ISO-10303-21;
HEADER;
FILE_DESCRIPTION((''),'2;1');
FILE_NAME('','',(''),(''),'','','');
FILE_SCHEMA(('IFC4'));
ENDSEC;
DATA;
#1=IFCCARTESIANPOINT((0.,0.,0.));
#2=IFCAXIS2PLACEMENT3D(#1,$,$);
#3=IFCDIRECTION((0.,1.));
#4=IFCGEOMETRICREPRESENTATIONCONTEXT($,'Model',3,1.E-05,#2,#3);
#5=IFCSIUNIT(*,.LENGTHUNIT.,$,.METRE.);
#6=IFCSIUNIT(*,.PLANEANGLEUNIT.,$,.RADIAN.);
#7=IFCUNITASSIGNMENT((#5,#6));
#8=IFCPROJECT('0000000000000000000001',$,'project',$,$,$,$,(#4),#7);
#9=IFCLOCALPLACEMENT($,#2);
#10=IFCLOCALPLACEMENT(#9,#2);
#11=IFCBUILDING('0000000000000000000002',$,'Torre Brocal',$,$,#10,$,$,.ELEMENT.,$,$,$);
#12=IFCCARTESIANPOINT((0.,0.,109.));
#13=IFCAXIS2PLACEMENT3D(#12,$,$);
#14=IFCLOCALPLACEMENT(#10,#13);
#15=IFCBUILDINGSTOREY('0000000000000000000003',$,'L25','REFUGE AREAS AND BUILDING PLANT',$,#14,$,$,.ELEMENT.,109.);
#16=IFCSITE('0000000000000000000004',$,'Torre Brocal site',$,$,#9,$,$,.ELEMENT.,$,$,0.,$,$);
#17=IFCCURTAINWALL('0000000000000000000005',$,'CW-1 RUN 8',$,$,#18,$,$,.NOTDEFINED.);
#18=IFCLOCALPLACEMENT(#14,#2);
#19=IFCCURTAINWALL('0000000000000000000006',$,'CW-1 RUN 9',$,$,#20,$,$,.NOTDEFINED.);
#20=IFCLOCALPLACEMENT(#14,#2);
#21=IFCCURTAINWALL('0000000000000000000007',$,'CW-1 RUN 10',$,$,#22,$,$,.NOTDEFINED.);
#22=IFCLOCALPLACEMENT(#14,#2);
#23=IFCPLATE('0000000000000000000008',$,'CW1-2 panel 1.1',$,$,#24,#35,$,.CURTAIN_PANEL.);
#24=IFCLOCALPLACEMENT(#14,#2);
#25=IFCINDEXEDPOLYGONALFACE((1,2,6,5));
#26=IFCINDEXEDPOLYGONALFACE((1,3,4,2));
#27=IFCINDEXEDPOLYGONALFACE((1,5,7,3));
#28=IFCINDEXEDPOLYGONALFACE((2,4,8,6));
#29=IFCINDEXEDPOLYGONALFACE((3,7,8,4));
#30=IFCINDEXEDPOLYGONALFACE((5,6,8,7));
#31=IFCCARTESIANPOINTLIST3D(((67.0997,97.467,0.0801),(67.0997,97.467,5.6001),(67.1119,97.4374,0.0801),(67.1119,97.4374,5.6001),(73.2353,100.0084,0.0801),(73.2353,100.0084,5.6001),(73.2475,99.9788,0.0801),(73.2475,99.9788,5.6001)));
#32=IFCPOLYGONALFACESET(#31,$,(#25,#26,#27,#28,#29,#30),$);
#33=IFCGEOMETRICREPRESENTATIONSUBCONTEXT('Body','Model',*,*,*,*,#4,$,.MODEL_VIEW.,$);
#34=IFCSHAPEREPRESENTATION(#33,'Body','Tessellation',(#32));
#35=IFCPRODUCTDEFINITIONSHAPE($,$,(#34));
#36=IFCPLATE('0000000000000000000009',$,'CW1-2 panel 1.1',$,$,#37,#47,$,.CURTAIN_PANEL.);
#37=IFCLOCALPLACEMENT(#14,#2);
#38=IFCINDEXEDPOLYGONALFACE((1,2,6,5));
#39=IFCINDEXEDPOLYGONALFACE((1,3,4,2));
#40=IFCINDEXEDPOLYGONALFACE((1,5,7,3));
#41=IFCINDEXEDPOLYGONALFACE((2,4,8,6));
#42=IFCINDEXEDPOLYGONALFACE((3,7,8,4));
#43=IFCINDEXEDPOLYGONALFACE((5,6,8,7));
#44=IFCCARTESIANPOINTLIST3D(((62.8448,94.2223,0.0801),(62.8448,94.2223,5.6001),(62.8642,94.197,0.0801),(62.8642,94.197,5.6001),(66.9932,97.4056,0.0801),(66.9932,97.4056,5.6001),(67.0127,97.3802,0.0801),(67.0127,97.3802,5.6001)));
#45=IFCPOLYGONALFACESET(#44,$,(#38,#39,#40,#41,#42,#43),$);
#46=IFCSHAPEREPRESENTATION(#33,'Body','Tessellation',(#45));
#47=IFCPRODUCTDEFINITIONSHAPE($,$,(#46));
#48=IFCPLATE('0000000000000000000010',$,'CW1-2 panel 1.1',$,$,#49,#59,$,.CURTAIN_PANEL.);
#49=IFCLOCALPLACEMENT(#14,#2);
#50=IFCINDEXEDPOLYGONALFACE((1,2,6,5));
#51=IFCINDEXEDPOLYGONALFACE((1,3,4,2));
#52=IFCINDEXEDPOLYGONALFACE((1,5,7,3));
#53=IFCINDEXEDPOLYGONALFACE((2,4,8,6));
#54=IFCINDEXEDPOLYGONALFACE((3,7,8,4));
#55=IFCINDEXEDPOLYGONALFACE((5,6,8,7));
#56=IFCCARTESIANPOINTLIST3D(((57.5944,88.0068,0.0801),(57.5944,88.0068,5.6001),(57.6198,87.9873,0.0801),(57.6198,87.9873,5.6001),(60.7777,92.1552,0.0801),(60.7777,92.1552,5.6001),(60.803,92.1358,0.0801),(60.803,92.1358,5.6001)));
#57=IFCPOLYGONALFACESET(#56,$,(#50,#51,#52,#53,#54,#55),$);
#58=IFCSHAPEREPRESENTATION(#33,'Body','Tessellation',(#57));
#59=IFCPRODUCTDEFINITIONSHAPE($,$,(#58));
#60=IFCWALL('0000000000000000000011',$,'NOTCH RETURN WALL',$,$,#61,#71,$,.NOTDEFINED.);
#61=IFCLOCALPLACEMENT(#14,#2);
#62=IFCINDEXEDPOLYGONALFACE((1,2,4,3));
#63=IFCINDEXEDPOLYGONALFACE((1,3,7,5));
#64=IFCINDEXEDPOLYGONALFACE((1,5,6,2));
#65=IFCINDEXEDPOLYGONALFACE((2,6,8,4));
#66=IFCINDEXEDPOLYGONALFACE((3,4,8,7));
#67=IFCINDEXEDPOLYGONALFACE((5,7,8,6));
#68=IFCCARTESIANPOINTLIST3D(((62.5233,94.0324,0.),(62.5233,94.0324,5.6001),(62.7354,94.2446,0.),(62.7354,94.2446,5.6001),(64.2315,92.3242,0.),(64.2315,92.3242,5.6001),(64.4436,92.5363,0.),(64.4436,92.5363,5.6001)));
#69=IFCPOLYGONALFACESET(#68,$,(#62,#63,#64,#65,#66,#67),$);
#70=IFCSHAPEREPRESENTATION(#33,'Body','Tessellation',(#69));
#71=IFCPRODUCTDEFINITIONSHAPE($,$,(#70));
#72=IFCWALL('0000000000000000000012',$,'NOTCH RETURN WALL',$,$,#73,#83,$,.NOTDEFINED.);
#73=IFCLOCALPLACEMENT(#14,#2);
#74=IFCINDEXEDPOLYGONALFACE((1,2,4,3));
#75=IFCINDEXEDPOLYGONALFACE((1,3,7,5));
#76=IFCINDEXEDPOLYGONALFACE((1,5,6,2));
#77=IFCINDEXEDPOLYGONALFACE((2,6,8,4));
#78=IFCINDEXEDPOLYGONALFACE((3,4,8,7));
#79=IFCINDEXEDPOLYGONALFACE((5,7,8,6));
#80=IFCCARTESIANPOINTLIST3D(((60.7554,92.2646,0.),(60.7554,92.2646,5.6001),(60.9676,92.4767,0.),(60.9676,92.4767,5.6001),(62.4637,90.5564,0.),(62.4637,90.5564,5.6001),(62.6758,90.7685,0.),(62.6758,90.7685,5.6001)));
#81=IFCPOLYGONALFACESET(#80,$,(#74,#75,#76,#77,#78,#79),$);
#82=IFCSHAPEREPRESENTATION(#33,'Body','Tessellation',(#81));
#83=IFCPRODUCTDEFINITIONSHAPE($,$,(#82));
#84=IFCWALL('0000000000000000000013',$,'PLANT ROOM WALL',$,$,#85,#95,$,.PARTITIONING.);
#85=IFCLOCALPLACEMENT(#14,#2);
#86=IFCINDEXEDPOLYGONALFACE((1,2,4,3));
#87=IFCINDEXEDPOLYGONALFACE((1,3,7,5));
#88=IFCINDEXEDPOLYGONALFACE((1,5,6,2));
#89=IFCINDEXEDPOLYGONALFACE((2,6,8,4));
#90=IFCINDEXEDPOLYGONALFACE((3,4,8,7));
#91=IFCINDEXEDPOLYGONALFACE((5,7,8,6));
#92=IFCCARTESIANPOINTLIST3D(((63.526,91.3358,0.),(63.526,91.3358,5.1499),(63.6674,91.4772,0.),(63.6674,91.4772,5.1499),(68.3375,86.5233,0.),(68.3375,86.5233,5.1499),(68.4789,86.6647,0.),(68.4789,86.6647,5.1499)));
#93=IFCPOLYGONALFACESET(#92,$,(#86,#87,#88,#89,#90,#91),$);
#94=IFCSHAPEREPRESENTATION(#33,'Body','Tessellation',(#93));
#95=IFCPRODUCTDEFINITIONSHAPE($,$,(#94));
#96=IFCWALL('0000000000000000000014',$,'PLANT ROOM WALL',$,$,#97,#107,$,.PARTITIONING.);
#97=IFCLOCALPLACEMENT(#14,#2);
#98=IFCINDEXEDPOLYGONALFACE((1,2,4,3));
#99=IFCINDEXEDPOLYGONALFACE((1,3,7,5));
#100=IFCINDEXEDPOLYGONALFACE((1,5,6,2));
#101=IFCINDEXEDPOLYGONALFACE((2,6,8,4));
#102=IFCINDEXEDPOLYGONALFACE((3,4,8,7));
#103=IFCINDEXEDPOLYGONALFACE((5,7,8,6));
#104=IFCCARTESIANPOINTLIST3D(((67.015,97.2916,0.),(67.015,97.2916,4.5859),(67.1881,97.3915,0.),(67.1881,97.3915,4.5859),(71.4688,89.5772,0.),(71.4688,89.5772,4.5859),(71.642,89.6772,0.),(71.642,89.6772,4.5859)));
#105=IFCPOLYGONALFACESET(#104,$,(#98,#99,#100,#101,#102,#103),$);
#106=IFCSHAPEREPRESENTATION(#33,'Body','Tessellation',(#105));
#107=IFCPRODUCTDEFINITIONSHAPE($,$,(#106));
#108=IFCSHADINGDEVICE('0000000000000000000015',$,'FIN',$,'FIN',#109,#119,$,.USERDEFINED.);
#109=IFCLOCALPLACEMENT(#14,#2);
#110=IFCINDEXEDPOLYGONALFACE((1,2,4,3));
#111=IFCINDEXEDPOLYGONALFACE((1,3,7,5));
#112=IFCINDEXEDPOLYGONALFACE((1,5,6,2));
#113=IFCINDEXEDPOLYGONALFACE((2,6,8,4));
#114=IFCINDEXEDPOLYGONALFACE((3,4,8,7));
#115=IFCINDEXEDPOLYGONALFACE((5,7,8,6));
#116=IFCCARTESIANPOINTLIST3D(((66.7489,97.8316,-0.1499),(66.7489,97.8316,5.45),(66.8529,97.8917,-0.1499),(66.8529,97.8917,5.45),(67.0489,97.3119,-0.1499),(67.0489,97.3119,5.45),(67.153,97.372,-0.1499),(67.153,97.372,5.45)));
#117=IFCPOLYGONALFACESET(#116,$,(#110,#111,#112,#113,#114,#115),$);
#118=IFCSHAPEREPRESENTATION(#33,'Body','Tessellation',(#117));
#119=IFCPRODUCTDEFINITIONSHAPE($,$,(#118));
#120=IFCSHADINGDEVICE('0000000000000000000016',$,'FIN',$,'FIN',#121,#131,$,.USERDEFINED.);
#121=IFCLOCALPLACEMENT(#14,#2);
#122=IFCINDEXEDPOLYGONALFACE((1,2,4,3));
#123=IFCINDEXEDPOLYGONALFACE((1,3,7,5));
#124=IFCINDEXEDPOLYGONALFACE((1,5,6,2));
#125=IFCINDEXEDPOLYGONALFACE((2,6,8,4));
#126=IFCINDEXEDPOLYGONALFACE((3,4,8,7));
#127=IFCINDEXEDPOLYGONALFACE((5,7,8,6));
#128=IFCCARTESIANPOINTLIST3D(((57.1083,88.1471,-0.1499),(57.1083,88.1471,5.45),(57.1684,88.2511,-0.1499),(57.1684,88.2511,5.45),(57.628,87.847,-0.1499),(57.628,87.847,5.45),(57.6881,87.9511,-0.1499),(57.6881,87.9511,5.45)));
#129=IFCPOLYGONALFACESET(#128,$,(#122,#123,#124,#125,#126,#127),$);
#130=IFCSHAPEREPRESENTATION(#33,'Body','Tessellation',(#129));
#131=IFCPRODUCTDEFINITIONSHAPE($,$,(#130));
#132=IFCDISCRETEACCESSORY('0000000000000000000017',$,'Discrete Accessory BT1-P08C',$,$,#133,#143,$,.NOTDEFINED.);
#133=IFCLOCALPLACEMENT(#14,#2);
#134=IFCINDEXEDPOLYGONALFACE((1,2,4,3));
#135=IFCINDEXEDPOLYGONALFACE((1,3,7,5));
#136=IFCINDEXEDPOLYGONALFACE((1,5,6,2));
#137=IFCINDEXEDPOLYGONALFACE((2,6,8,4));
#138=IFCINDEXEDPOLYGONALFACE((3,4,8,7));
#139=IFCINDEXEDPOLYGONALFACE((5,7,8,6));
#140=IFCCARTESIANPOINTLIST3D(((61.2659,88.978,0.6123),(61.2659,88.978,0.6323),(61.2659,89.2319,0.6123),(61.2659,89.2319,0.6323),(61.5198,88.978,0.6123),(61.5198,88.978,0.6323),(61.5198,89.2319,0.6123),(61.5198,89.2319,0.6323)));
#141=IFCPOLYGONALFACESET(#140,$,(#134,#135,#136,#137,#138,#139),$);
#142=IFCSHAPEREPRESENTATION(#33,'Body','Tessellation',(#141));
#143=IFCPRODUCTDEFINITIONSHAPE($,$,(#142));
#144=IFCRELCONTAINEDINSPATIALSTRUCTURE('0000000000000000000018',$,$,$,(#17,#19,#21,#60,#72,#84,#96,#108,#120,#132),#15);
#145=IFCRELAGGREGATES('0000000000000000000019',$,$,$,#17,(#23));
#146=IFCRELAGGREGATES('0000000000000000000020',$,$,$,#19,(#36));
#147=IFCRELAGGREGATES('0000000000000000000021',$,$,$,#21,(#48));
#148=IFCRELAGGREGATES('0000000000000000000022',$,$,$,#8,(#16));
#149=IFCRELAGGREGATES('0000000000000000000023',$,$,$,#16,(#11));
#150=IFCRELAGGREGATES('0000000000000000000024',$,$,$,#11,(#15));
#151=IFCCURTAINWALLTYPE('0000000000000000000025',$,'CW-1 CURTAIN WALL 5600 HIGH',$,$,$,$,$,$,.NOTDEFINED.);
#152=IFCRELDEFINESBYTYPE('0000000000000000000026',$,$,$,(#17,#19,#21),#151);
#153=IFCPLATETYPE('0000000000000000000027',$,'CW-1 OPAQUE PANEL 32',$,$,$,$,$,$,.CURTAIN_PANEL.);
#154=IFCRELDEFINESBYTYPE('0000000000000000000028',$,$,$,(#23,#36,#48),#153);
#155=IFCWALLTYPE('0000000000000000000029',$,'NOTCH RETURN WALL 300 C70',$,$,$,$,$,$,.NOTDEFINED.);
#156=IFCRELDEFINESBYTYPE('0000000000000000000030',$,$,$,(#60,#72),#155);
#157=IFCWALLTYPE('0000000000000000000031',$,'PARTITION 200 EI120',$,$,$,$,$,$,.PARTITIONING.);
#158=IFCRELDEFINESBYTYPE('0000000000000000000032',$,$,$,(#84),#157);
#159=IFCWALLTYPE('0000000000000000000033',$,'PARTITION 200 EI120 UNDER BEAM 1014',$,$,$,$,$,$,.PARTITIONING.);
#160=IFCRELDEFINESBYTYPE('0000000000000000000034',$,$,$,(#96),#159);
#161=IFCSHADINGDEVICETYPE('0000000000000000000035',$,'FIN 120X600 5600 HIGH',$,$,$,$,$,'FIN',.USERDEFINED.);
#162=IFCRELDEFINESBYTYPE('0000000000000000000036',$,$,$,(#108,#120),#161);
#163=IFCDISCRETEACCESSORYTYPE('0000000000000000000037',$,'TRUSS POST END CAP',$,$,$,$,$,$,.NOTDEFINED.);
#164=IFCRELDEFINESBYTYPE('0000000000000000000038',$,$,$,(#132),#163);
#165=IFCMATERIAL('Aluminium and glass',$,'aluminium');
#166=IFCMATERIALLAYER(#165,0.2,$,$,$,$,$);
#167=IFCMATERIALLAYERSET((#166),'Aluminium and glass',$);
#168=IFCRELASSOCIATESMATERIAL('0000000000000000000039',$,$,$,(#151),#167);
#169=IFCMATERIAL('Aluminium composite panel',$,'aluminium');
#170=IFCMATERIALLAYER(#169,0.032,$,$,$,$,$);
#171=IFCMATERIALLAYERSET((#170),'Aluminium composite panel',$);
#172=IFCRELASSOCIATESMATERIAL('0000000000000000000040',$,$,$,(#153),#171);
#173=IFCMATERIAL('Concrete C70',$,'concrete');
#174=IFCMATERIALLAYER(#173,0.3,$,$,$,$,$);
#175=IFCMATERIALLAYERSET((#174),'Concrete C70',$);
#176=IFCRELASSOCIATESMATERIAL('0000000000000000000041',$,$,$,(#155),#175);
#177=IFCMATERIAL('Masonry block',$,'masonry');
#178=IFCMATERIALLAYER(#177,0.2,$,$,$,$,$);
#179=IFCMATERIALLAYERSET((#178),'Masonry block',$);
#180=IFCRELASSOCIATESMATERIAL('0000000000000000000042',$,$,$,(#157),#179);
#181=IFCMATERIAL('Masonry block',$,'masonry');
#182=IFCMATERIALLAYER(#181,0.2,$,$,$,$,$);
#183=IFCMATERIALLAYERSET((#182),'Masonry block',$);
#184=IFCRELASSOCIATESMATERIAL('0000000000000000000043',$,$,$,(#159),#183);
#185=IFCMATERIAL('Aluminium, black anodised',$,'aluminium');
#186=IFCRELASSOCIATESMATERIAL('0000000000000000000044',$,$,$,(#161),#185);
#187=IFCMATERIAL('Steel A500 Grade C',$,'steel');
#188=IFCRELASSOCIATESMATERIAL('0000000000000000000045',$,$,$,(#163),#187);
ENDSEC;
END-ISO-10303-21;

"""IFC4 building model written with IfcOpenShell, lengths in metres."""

from ifc_helpers import new_model, si_unit, direction, frame, frame_2d, origin, origin_2d, place, context, subcontext, project, spatial, rectangle, extrude, material, layer, layer_set, material_profile, profile_set, type_object, element, aggregate, save


model = new_model("IFC4")

# Units and contexts
model_context = context("Model", 3, precision=1e-05, world=origin(), true_north=direction((0.0, 1.0)))
body_context = subcontext(model_context, "Body", "Model", "MODEL_VIEW")
ifc_project = project(units=[si_unit("LENGTHUNIT", "METRE"), si_unit("PLANEANGLEUNIT", "RADIAN")], contexts=[model_context])

# Site, building, storey
site_placement = place(None, origin())
site = spatial("IfcSite", under=ifc_project, at=site_placement, Name="Torre Brocal site", CompositionType="ELEMENT", RefElevation=0.0)
building_placement = place(site_placement, origin())
building = spatial("IfcBuilding", under=site, at=building_placement, Name="Torre Brocal", CompositionType="ELEMENT")
storey_placement = place(building_placement, frame((0.0, 0.0, 109.0)))
storey = spatial("IfcBuildingStorey", under=building, at=storey_placement, Name="L25", Description="REFUGE AREAS AND BUILDING PLANT", CompositionType="ELEMENT", Elevation=109.0)

# Curtain wall
ifc_material_1 = material(Name="Aluminium and glass", Category="aluminium")
ifc_layer_1 = layer(ifc_material_1, 0.2)
ifc_layer_set_1 = layer_set([ifc_layer_1], Name="Aluminium and glass")
curtain_wall_type = type_object("IfcCurtainWallType", Name="CW-1 CURTAIN WALL 5600 HIGH", PredefinedType="NOTDEFINED", material=ifc_layer_set_1)
curtain_wall_1_placement = place(storey_placement, origin())
curtain_wall_1 = element("IfcCurtainWall", 1, at=curtain_wall_1_placement, inside=storey, type_object=curtain_wall_type, Name="CW-1 RUN 8", PredefinedType="NOTDEFINED")

# Curtain walls
curtain_wall_2_placement = place(storey_placement, origin())
curtain_wall_2 = element("IfcCurtainWall", 2, at=curtain_wall_2_placement, inside=storey, type_object=curtain_wall_type, Name="CW-1 RUN 9", PredefinedType="NOTDEFINED")
curtain_wall_3_placement = place(storey_placement, origin())
curtain_wall_3 = element("IfcCurtainWall", 3, at=curtain_wall_3_placement, inside=storey, type_object=curtain_wall_type, Name="CW-1 RUN 10", PredefinedType="NOTDEFINED")

# Plates
ifc_material_2 = material(Name="Aluminium composite panel", Category="aluminium")
ifc_layer_2 = layer(ifc_material_2, 0.032)
ifc_layer_set_2 = layer_set([ifc_layer_2], Name="Aluminium composite panel")
plate_type = type_object("IfcPlateType", Name="CW-1 OPAQUE PANEL 32", PredefinedType="CURTAIN_PANEL", material=ifc_layer_set_2)
plate_1_placement = place(storey_placement, frame((70.1736, 98.7229, 0.0801), z_axis=(0.0, 0.0, 1.0), x_axis=(-0.92388, -0.382683, 0.0)))
plate_1 = element("IfcPlate", 4, at=plate_1_placement, type_object=plate_type, Name="CW1-2 panel 1.1", PredefinedType="CURTAIN_PANEL", context=body_context, shape_type="SweptSolid", body=[
    extrude(rectangle(XDim=6.6411, YDim=0.032, at=origin_2d()), origin(), (0.0, 0.0, 1.0), 5.52),
])
aggregate(curtain_wall_1, [plate_1])
plate_2_placement = place(storey_placement, frame((64.9287, 95.8013, 0.0801), z_axis=(0.0, 0.0, 1.0), x_axis=(-0.793353, -0.608761, 0.0)))
plate_2 = element("IfcPlate", 5, at=plate_2_placement, type_object=plate_type, Name="CW1-2 panel 1.1", PredefinedType="CURTAIN_PANEL", context=body_context, shape_type="SweptSolid", body=[
    extrude(rectangle(XDim=5.229, YDim=0.032, at=origin_2d()), origin(), (0.0, 0.0, 1.0), 5.52),
])
aggregate(curtain_wall_2, [plate_2])
plate_3_placement = place(storey_placement, frame((59.1987, 90.0713, 0.0801), z_axis=(0.0, 0.0, 1.0), x_axis=(-0.608761, -0.793353, 0.0)))
plate_3 = element("IfcPlate", 6, at=plate_3_placement, type_object=plate_type, Name="CW1-2 panel 1.1", PredefinedType="CURTAIN_PANEL", context=body_context, shape_type="SweptSolid", body=[
    extrude(rectangle(XDim=5.229, YDim=0.032, at=origin_2d()), origin(), (0.0, 0.0, 1.0), 5.52),
])
aggregate(curtain_wall_3, [plate_3])

# Walls
ifc_material_3 = material(Name="Concrete C70", Category="concrete")
ifc_layer_3 = layer(ifc_material_3, 0.3)
ifc_layer_set_3 = layer_set([ifc_layer_3], Name="Concrete C70")
wall_type_1 = type_object("IfcWallType", Name="NOTCH RETURN WALL 300 C70", PredefinedType="NOTDEFINED", material=ifc_layer_set_3)
for number, where, z_axis, x_axis, name in (
    (7, (64.3376, 92.4302, 0.0), (0.0, 0.0, 1.0), (-0.707107, 0.707107, 0.0), "NOTCH RETURN WALL"),
    (8, (62.5698, 90.6624, 0.0), (0.0, 0.0, 1.0), (-0.707107, 0.707107, 0.0), "NOTCH RETURN WALL"),
):
    element("IfcWall", number, at=place(storey_placement, frame(where, z_axis=z_axis, x_axis=x_axis)), inside=storey, type_object=wall_type_1, Name=name, PredefinedType="NOTDEFINED", context=body_context, shape_type="SweptSolid", body=[
        extrude(rectangle(XDim=2.4158, YDim=0.3, at=frame_2d((1.208, 0.0))), origin(), (0.0, 0.0, 1.0), 5.6001),
    ])
ifc_material_4 = material(Name="Masonry block", Category="masonry")
ifc_layer_4 = layer(ifc_material_4, 0.2)
ifc_layer_set_4 = layer_set([ifc_layer_4], Name="Masonry block")
wall_type_2 = type_object("IfcWallType", Name="PARTITION 200 EI120", PredefinedType="PARTITIONING", material=ifc_layer_set_4)
wall_1_placement = place(storey_placement, frame((63.5967, 91.4065, 0.0), z_axis=(0.0, 0.0, 1.0), x_axis=(0.707035, -0.707179, 0.0)))
element("IfcWall", 9, at=wall_1_placement, inside=storey, type_object=wall_type_2, Name="PLANT ROOM WALL", PredefinedType="PARTITIONING", context=body_context, shape_type="SweptSolid", body=[
    extrude(rectangle(XDim=6.8052, YDim=0.2, at=frame_2d((3.4026, 0.0))), origin(), (0.0, 0.0, 1.0), 5.1499),
])
ifc_material_5 = material(Name="Masonry block", Category="masonry")
ifc_layer_5 = layer(ifc_material_5, 0.2)
ifc_layer_set_5 = layer_set([ifc_layer_5], Name="Masonry block")
wall_type_3 = type_object("IfcWallType", Name="PARTITION 200 EI120 UNDER BEAM 1014", PredefinedType="PARTITIONING", material=ifc_layer_set_5)
wall_2_placement = place(storey_placement, frame((67.1016, 97.3416, 0.0), z_axis=(0.0, 0.0, 1.0), x_axis=(0.499998, -0.866027, 0.0)))
element("IfcWall", 10, at=wall_2_placement, inside=storey, type_object=wall_type_3, Name="PLANT ROOM WALL", PredefinedType="PARTITIONING", context=body_context, shape_type="SweptSolid", body=[
    extrude(rectangle(XDim=8.9077, YDim=0.2, at=frame_2d((4.4539, 0.0))), origin(), (0.0, 0.0, 1.0), 4.5859),
])

# Shading devices
ifc_material_6 = material(Name="Aluminium, black anodised", Category="aluminium")
ifc_material_profile_1 = material_profile(ifc_material_6, rectangle(XDim=0.1201, YDim=0.6001, at=origin_2d()), Name="FIN 120X600 5600 HIGH")
ifc_profile_set_1 = profile_set([ifc_material_profile_1], Name="Aluminium, black anodised")
shading_device_type = type_object("IfcShadingDeviceType", Name="FIN 120X600 5600 HIGH", ElementType="FIN", PredefinedType="USERDEFINED", material=ifc_profile_set_1)
for number, where, z_axis, x_axis, name in (
    (11, (66.9509, 97.6018, -0.1499), (0.0, 0.0, 1.0), (-0.866025, -0.5, 0.0), "FIN"),
    (12, (57.3982, 88.0491, -0.1499), (0.0, 0.0, 1.0), (-0.5, -0.866025, 0.0), "FIN"),
):
    element("IfcShadingDevice", number, at=place(storey_placement, frame(where, z_axis=z_axis, x_axis=x_axis)), inside=storey, type_object=shading_device_type, Name=name, ObjectType="FIN", PredefinedType="USERDEFINED", context=body_context, shape_type="SweptSolid", body=[
        extrude(rectangle(XDim=0.1201, YDim=0.6001, at=origin_2d()), origin(), (0.0, 0.0, 1.0), 5.5999),
    ])

# Discrete accessory
ifc_material_7 = material(Name="Steel A500 Grade C", Category="steel")
discrete_accessory_type = type_object("IfcDiscreteAccessoryType", Name="TRUSS POST END CAP", PredefinedType="NOTDEFINED", material=ifc_material_7)
discrete_accessory_placement = place(storey_placement, frame((61.3928, 89.105, 0.6123), z_axis=(0.0, 0.0, 1.0), x_axis=(1.0, 0.0, 0.0)))
element("IfcDiscreteAccessory", 13, at=discrete_accessory_placement, inside=storey, type_object=discrete_accessory_type, Name="Discrete Accessory BT1-P08C", PredefinedType="NOTDEFINED", context=body_context, shape_type="SweptSolid", body=[
    extrude(rectangle(XDim=0.2539, YDim=0.2539, at=origin_2d()), origin(), (0.0, 0.0, 1.0), 0.02),
])

save(model, "model.ifc")
